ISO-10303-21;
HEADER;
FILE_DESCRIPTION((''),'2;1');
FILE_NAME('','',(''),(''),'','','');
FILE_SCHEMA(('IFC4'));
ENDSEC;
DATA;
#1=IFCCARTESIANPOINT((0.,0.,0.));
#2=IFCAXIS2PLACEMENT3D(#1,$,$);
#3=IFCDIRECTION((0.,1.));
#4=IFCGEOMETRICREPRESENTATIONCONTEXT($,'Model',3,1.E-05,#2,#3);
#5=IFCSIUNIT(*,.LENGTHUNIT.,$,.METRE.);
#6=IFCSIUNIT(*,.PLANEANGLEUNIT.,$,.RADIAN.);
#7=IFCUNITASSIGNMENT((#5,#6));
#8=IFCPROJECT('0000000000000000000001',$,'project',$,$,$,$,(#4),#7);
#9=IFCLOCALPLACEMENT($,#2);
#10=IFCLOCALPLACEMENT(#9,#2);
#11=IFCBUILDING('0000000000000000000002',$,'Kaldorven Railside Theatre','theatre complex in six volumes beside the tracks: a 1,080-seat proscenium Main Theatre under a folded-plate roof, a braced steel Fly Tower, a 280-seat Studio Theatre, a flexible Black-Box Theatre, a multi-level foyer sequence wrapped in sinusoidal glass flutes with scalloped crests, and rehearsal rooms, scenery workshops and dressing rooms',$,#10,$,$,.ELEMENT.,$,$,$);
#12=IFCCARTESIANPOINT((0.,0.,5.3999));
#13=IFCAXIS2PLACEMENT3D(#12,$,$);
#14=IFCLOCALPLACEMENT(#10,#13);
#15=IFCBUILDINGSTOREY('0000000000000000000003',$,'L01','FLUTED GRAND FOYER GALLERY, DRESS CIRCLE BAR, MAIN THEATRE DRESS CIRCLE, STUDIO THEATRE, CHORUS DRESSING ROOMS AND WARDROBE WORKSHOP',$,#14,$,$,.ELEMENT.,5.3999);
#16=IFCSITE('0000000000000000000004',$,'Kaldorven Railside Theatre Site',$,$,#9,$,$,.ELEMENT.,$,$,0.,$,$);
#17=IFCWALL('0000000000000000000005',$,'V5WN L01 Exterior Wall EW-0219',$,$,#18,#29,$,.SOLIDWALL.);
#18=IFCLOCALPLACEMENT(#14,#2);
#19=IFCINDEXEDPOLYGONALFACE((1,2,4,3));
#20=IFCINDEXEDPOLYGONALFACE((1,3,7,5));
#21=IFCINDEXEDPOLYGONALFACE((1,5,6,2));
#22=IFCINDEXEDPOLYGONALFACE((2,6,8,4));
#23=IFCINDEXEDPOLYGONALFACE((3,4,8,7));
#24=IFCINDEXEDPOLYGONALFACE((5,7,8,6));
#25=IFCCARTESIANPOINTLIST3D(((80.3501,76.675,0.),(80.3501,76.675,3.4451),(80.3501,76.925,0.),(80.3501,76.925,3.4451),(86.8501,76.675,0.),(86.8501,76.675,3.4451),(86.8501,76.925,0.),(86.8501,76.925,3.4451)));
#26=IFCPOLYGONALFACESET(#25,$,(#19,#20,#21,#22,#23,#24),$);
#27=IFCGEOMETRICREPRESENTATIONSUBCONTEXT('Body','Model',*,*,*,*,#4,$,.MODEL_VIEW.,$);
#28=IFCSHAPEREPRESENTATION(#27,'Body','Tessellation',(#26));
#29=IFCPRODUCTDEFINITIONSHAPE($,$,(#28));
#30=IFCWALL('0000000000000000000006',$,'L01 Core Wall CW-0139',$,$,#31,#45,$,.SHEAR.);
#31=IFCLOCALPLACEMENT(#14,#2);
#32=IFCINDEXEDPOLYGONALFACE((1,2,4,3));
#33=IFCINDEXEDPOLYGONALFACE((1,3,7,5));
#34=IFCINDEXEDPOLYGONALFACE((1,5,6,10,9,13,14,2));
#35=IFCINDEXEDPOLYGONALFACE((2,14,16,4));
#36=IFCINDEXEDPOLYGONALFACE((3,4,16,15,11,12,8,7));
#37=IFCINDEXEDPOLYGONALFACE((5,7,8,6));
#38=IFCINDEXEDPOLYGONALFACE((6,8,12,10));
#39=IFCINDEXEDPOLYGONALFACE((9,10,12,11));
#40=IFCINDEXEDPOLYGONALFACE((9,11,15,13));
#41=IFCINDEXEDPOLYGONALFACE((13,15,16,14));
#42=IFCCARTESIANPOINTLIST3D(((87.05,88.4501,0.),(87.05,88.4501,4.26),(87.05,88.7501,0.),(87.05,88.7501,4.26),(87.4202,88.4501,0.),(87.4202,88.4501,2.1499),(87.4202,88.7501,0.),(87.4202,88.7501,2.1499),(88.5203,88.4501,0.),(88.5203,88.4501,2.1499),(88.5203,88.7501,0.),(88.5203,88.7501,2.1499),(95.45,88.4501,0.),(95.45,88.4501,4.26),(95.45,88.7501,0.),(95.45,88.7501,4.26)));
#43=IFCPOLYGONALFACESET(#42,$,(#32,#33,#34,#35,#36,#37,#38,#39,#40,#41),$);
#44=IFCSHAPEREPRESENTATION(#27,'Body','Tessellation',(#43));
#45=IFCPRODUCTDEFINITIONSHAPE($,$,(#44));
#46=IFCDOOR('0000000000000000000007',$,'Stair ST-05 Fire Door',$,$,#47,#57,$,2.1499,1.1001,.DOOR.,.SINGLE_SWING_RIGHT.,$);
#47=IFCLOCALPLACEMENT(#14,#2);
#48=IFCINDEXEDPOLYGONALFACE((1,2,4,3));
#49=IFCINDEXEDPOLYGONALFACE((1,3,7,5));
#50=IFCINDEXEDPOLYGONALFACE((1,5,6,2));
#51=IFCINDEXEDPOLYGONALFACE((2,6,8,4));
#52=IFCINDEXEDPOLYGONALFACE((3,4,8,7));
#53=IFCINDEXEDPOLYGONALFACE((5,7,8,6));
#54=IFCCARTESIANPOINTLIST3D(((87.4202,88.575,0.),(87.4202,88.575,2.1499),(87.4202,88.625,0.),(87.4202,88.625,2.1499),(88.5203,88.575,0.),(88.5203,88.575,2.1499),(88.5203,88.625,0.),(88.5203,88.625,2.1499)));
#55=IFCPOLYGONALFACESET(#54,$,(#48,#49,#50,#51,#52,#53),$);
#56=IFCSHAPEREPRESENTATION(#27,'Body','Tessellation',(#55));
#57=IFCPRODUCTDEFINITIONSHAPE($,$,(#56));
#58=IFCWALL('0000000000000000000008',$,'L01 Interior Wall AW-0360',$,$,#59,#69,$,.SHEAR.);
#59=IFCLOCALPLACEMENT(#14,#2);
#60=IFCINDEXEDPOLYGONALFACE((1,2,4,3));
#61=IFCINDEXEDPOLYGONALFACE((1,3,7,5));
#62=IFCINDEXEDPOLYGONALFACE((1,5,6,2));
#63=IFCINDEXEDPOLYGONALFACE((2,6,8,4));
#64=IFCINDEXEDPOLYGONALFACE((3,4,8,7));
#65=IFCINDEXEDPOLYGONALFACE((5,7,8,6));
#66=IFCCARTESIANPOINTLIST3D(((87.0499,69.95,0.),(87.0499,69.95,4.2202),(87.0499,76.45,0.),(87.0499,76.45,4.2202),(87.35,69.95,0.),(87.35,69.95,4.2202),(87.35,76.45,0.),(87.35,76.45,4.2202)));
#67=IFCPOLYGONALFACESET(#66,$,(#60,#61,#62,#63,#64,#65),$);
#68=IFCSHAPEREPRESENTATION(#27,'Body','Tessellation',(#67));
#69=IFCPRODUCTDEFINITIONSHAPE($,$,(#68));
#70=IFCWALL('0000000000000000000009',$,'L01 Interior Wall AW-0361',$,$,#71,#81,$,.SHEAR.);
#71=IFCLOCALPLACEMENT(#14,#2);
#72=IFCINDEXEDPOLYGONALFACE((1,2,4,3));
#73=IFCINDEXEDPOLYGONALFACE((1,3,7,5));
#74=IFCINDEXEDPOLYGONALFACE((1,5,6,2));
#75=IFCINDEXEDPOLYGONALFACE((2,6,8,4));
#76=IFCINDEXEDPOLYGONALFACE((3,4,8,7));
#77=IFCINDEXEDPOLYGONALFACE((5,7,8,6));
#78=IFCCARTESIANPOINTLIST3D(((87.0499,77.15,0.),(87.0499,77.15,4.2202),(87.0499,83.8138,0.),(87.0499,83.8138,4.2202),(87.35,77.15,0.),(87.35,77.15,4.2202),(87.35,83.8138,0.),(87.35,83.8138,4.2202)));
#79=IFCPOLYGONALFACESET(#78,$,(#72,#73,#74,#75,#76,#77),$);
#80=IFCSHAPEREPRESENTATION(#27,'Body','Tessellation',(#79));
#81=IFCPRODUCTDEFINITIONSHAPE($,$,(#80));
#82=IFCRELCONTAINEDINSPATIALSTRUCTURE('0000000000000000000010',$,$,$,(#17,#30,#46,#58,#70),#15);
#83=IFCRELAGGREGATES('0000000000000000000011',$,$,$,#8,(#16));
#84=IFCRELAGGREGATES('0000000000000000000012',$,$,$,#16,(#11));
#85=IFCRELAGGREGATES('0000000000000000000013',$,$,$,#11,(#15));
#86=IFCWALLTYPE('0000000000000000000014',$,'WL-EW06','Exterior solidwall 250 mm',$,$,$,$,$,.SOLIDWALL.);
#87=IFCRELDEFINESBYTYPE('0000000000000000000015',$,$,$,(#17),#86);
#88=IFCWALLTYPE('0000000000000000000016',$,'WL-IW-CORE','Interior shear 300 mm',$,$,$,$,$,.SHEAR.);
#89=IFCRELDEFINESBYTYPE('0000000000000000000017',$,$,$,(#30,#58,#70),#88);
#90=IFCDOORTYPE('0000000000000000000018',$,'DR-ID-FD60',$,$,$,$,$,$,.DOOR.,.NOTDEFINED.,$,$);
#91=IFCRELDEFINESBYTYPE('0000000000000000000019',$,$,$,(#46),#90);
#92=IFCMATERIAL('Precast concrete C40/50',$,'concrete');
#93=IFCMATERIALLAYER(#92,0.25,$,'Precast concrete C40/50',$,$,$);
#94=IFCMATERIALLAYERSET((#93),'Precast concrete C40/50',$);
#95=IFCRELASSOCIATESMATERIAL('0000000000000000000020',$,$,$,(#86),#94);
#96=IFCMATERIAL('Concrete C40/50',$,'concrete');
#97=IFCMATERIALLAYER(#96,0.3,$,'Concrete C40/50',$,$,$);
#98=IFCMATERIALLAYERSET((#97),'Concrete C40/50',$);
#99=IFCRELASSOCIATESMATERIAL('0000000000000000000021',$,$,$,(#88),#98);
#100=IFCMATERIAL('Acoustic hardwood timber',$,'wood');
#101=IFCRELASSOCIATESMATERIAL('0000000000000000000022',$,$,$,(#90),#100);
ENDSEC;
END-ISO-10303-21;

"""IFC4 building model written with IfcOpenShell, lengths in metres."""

from ifc_helpers import new_model, si_unit, direction, frame, frame_2d, origin, place, context, subcontext, project, spatial, rectangle, extrude, material, layer, layer_set, type_object, element, fill, save


model = new_model("IFC4")

# Units and contexts
model_context = context("Model", 3, precision=1e-05, world=origin(), true_north=direction((0.0, 1.0)))
body_context = subcontext(model_context, "Body", "Model", "MODEL_VIEW")
ifc_project = project(units=[si_unit("LENGTHUNIT", "METRE"), si_unit("PLANEANGLEUNIT", "RADIAN")], contexts=[model_context])

# Site, building, storey
site_placement = place(None, origin())
site = spatial("IfcSite", under=ifc_project, at=site_placement, Name="Kaldorven Railside Theatre Site", CompositionType="ELEMENT", RefElevation=0.0)
building_placement = place(site_placement, origin())
building = spatial("IfcBuilding", under=site, at=building_placement, Name="Kaldorven Railside Theatre", Description="theatre complex in six volumes beside the tracks: a 1,080-seat proscenium Main Theatre under a folded-plate roof, a braced steel Fly Tower, a 280-seat Studio Theatre, a flexible Black-Box Theatre, a multi-level foyer sequence wrapped in sinusoidal glass flutes with scalloped crests, and rehearsal rooms, scenery workshops and dressing rooms", CompositionType="ELEMENT")
storey_placement = place(building_placement, frame((0.0, 0.0, 5.3999)))
storey = spatial("IfcBuildingStorey", under=building, at=storey_placement, Name="L01", Description="FLUTED GRAND FOYER GALLERY, DRESS CIRCLE BAR, MAIN THEATRE DRESS CIRCLE, STUDIO THEATRE, CHORUS DRESSING ROOMS AND WARDROBE WORKSHOP", CompositionType="ELEMENT", Elevation=5.3999)

# Shared definitions
ifc_material_1 = material(Name="Concrete C40/50", Category="concrete")

# Shared definitions
ifc_material_2 = material(Name="Precast concrete C40/50", Category="concrete")
ifc_layer_1 = layer(ifc_material_2, 0.25, Name="Precast concrete C40/50")
ifc_layer_set_1 = layer_set([ifc_layer_1], Name="Precast concrete C40/50")
wall_type_1 = type_object("IfcWallType", Name="WL-EW06", Description="Exterior solidwall 250 mm", PredefinedType="SOLIDWALL", material=ifc_layer_set_1)

# Wall
wall_1_placement = place(storey_placement, frame((80.3501, 76.8, 0.0), z_axis=(0.0, 0.0, 1.0), x_axis=(1.0, 0.0, 0.0)))
element("IfcWall", 1, at=wall_1_placement, inside=storey, type_object=wall_type_1, Name="V5WN L01 Exterior Wall EW-0219", PredefinedType="SOLIDWALL", context=body_context, shape_type="SweptSolid", body=[
    extrude(rectangle(XDim=6.5, YDim=0.25, at=frame_2d((3.25, 0.0))), origin(), (0.0, 0.0, 1.0), 3.4451),
])

# Wall, opening, door
ifc_layer_2 = layer(ifc_material_1, 0.3, Name="Concrete C40/50")
ifc_layer_set_2 = layer_set([ifc_layer_2], Name="Concrete C40/50")
wall_type_2 = type_object("IfcWallType", Name="WL-IW-CORE", Description="Interior shear 300 mm", PredefinedType="SHEAR", material=ifc_layer_set_2)
wall_2_placement = place(storey_placement, frame((87.05, 88.6001, 0.0), z_axis=(0.0, 0.0, 1.0), x_axis=(1.0, 0.0, 0.0)))
wall_2 = element("IfcWall", 2, at=wall_2_placement, inside=storey, type_object=wall_type_2, Name="L01 Core Wall CW-0139", PredefinedType="SHEAR", context=body_context, shape_type="SweptSolid", body=[
    extrude(rectangle(XDim=8.3999, YDim=0.3, at=frame_2d((4.2, 0.0))), origin(), (0.0, 0.0, 1.0), 4.26),
])
opening_1_placement = place(wall_2_placement, frame((0.3701, 0.0, 0.0)))
opening_1 = element("IfcOpeningElement", 3, at=opening_1_placement, cuts=wall_2, PredefinedType="OPENING", context=body_context, shape_type="SweptSolid", body=[
    extrude(rectangle(XDim=1.1001, YDim=2.1499, at=frame_2d((0.55, 1.075))), frame((0.0, 0.1602, 0.0), z_axis=(0.0, -1.0, 0.0), x_axis=(1.0, 0.0, 0.0)), (0.0, 0.0, 1.0), 0.3201),
])
ifc_material_3 = material(Name="Acoustic hardwood timber", Category="wood")
door_type = type_object("IfcDoorType", Name="DR-ID-FD60", OperationType="NOTDEFINED", PredefinedType="DOOR", material=ifc_material_3)
door_placement = place(opening_1_placement, origin())
door = element("IfcDoor", 4, at=door_placement, inside=storey, type_object=door_type, Name="Stair ST-05 Fire Door", OperationType="SINGLE_SWING_RIGHT", OverallHeight=2.1499, OverallWidth=1.1001, PredefinedType="DOOR", context=body_context, shape_type="SweptSolid", body=[
    extrude(rectangle(XDim=1.1001, YDim=2.1499, at=frame_2d((0.55, 1.075))), frame((0.0, 0.0249, 0.0), z_axis=(0.0, -1.0, 0.0), x_axis=(1.0, 0.0, 0.0)), (0.0, 0.0, 1.0), 0.05),
])
fill(opening_1, door)

# Walls
wall_3_placement = place(storey_placement, frame((87.2, 69.95, 0.0), z_axis=(0.0, 0.0, 1.0), x_axis=(0.0, 1.0, 0.0)))
element("IfcWall", 5, at=wall_3_placement, inside=storey, type_object=wall_type_2, Name="L01 Interior Wall AW-0360", PredefinedType="SHEAR", context=body_context, shape_type="SweptSolid", body=[
    extrude(rectangle(XDim=6.5, YDim=0.3, at=frame_2d((3.25, 0.0))), origin(), (0.0, 0.0, 1.0), 4.2202),
])
wall_4_placement = place(storey_placement, frame((87.2, 77.1499, 0.0), z_axis=(0.0, 0.0, 1.0), x_axis=(0.0, 1.0, 0.0)))
element("IfcWall", 6, at=wall_4_placement, inside=storey, type_object=wall_type_2, Name="L01 Interior Wall AW-0361", PredefinedType="SHEAR", context=body_context, shape_type="SweptSolid", body=[
    extrude(rectangle(XDim=6.6638, YDim=0.3, at=frame_2d((3.332, 0.0))), origin(), (0.0, 0.0, 1.0), 4.2202),
])

save(model, "model.ifc")
